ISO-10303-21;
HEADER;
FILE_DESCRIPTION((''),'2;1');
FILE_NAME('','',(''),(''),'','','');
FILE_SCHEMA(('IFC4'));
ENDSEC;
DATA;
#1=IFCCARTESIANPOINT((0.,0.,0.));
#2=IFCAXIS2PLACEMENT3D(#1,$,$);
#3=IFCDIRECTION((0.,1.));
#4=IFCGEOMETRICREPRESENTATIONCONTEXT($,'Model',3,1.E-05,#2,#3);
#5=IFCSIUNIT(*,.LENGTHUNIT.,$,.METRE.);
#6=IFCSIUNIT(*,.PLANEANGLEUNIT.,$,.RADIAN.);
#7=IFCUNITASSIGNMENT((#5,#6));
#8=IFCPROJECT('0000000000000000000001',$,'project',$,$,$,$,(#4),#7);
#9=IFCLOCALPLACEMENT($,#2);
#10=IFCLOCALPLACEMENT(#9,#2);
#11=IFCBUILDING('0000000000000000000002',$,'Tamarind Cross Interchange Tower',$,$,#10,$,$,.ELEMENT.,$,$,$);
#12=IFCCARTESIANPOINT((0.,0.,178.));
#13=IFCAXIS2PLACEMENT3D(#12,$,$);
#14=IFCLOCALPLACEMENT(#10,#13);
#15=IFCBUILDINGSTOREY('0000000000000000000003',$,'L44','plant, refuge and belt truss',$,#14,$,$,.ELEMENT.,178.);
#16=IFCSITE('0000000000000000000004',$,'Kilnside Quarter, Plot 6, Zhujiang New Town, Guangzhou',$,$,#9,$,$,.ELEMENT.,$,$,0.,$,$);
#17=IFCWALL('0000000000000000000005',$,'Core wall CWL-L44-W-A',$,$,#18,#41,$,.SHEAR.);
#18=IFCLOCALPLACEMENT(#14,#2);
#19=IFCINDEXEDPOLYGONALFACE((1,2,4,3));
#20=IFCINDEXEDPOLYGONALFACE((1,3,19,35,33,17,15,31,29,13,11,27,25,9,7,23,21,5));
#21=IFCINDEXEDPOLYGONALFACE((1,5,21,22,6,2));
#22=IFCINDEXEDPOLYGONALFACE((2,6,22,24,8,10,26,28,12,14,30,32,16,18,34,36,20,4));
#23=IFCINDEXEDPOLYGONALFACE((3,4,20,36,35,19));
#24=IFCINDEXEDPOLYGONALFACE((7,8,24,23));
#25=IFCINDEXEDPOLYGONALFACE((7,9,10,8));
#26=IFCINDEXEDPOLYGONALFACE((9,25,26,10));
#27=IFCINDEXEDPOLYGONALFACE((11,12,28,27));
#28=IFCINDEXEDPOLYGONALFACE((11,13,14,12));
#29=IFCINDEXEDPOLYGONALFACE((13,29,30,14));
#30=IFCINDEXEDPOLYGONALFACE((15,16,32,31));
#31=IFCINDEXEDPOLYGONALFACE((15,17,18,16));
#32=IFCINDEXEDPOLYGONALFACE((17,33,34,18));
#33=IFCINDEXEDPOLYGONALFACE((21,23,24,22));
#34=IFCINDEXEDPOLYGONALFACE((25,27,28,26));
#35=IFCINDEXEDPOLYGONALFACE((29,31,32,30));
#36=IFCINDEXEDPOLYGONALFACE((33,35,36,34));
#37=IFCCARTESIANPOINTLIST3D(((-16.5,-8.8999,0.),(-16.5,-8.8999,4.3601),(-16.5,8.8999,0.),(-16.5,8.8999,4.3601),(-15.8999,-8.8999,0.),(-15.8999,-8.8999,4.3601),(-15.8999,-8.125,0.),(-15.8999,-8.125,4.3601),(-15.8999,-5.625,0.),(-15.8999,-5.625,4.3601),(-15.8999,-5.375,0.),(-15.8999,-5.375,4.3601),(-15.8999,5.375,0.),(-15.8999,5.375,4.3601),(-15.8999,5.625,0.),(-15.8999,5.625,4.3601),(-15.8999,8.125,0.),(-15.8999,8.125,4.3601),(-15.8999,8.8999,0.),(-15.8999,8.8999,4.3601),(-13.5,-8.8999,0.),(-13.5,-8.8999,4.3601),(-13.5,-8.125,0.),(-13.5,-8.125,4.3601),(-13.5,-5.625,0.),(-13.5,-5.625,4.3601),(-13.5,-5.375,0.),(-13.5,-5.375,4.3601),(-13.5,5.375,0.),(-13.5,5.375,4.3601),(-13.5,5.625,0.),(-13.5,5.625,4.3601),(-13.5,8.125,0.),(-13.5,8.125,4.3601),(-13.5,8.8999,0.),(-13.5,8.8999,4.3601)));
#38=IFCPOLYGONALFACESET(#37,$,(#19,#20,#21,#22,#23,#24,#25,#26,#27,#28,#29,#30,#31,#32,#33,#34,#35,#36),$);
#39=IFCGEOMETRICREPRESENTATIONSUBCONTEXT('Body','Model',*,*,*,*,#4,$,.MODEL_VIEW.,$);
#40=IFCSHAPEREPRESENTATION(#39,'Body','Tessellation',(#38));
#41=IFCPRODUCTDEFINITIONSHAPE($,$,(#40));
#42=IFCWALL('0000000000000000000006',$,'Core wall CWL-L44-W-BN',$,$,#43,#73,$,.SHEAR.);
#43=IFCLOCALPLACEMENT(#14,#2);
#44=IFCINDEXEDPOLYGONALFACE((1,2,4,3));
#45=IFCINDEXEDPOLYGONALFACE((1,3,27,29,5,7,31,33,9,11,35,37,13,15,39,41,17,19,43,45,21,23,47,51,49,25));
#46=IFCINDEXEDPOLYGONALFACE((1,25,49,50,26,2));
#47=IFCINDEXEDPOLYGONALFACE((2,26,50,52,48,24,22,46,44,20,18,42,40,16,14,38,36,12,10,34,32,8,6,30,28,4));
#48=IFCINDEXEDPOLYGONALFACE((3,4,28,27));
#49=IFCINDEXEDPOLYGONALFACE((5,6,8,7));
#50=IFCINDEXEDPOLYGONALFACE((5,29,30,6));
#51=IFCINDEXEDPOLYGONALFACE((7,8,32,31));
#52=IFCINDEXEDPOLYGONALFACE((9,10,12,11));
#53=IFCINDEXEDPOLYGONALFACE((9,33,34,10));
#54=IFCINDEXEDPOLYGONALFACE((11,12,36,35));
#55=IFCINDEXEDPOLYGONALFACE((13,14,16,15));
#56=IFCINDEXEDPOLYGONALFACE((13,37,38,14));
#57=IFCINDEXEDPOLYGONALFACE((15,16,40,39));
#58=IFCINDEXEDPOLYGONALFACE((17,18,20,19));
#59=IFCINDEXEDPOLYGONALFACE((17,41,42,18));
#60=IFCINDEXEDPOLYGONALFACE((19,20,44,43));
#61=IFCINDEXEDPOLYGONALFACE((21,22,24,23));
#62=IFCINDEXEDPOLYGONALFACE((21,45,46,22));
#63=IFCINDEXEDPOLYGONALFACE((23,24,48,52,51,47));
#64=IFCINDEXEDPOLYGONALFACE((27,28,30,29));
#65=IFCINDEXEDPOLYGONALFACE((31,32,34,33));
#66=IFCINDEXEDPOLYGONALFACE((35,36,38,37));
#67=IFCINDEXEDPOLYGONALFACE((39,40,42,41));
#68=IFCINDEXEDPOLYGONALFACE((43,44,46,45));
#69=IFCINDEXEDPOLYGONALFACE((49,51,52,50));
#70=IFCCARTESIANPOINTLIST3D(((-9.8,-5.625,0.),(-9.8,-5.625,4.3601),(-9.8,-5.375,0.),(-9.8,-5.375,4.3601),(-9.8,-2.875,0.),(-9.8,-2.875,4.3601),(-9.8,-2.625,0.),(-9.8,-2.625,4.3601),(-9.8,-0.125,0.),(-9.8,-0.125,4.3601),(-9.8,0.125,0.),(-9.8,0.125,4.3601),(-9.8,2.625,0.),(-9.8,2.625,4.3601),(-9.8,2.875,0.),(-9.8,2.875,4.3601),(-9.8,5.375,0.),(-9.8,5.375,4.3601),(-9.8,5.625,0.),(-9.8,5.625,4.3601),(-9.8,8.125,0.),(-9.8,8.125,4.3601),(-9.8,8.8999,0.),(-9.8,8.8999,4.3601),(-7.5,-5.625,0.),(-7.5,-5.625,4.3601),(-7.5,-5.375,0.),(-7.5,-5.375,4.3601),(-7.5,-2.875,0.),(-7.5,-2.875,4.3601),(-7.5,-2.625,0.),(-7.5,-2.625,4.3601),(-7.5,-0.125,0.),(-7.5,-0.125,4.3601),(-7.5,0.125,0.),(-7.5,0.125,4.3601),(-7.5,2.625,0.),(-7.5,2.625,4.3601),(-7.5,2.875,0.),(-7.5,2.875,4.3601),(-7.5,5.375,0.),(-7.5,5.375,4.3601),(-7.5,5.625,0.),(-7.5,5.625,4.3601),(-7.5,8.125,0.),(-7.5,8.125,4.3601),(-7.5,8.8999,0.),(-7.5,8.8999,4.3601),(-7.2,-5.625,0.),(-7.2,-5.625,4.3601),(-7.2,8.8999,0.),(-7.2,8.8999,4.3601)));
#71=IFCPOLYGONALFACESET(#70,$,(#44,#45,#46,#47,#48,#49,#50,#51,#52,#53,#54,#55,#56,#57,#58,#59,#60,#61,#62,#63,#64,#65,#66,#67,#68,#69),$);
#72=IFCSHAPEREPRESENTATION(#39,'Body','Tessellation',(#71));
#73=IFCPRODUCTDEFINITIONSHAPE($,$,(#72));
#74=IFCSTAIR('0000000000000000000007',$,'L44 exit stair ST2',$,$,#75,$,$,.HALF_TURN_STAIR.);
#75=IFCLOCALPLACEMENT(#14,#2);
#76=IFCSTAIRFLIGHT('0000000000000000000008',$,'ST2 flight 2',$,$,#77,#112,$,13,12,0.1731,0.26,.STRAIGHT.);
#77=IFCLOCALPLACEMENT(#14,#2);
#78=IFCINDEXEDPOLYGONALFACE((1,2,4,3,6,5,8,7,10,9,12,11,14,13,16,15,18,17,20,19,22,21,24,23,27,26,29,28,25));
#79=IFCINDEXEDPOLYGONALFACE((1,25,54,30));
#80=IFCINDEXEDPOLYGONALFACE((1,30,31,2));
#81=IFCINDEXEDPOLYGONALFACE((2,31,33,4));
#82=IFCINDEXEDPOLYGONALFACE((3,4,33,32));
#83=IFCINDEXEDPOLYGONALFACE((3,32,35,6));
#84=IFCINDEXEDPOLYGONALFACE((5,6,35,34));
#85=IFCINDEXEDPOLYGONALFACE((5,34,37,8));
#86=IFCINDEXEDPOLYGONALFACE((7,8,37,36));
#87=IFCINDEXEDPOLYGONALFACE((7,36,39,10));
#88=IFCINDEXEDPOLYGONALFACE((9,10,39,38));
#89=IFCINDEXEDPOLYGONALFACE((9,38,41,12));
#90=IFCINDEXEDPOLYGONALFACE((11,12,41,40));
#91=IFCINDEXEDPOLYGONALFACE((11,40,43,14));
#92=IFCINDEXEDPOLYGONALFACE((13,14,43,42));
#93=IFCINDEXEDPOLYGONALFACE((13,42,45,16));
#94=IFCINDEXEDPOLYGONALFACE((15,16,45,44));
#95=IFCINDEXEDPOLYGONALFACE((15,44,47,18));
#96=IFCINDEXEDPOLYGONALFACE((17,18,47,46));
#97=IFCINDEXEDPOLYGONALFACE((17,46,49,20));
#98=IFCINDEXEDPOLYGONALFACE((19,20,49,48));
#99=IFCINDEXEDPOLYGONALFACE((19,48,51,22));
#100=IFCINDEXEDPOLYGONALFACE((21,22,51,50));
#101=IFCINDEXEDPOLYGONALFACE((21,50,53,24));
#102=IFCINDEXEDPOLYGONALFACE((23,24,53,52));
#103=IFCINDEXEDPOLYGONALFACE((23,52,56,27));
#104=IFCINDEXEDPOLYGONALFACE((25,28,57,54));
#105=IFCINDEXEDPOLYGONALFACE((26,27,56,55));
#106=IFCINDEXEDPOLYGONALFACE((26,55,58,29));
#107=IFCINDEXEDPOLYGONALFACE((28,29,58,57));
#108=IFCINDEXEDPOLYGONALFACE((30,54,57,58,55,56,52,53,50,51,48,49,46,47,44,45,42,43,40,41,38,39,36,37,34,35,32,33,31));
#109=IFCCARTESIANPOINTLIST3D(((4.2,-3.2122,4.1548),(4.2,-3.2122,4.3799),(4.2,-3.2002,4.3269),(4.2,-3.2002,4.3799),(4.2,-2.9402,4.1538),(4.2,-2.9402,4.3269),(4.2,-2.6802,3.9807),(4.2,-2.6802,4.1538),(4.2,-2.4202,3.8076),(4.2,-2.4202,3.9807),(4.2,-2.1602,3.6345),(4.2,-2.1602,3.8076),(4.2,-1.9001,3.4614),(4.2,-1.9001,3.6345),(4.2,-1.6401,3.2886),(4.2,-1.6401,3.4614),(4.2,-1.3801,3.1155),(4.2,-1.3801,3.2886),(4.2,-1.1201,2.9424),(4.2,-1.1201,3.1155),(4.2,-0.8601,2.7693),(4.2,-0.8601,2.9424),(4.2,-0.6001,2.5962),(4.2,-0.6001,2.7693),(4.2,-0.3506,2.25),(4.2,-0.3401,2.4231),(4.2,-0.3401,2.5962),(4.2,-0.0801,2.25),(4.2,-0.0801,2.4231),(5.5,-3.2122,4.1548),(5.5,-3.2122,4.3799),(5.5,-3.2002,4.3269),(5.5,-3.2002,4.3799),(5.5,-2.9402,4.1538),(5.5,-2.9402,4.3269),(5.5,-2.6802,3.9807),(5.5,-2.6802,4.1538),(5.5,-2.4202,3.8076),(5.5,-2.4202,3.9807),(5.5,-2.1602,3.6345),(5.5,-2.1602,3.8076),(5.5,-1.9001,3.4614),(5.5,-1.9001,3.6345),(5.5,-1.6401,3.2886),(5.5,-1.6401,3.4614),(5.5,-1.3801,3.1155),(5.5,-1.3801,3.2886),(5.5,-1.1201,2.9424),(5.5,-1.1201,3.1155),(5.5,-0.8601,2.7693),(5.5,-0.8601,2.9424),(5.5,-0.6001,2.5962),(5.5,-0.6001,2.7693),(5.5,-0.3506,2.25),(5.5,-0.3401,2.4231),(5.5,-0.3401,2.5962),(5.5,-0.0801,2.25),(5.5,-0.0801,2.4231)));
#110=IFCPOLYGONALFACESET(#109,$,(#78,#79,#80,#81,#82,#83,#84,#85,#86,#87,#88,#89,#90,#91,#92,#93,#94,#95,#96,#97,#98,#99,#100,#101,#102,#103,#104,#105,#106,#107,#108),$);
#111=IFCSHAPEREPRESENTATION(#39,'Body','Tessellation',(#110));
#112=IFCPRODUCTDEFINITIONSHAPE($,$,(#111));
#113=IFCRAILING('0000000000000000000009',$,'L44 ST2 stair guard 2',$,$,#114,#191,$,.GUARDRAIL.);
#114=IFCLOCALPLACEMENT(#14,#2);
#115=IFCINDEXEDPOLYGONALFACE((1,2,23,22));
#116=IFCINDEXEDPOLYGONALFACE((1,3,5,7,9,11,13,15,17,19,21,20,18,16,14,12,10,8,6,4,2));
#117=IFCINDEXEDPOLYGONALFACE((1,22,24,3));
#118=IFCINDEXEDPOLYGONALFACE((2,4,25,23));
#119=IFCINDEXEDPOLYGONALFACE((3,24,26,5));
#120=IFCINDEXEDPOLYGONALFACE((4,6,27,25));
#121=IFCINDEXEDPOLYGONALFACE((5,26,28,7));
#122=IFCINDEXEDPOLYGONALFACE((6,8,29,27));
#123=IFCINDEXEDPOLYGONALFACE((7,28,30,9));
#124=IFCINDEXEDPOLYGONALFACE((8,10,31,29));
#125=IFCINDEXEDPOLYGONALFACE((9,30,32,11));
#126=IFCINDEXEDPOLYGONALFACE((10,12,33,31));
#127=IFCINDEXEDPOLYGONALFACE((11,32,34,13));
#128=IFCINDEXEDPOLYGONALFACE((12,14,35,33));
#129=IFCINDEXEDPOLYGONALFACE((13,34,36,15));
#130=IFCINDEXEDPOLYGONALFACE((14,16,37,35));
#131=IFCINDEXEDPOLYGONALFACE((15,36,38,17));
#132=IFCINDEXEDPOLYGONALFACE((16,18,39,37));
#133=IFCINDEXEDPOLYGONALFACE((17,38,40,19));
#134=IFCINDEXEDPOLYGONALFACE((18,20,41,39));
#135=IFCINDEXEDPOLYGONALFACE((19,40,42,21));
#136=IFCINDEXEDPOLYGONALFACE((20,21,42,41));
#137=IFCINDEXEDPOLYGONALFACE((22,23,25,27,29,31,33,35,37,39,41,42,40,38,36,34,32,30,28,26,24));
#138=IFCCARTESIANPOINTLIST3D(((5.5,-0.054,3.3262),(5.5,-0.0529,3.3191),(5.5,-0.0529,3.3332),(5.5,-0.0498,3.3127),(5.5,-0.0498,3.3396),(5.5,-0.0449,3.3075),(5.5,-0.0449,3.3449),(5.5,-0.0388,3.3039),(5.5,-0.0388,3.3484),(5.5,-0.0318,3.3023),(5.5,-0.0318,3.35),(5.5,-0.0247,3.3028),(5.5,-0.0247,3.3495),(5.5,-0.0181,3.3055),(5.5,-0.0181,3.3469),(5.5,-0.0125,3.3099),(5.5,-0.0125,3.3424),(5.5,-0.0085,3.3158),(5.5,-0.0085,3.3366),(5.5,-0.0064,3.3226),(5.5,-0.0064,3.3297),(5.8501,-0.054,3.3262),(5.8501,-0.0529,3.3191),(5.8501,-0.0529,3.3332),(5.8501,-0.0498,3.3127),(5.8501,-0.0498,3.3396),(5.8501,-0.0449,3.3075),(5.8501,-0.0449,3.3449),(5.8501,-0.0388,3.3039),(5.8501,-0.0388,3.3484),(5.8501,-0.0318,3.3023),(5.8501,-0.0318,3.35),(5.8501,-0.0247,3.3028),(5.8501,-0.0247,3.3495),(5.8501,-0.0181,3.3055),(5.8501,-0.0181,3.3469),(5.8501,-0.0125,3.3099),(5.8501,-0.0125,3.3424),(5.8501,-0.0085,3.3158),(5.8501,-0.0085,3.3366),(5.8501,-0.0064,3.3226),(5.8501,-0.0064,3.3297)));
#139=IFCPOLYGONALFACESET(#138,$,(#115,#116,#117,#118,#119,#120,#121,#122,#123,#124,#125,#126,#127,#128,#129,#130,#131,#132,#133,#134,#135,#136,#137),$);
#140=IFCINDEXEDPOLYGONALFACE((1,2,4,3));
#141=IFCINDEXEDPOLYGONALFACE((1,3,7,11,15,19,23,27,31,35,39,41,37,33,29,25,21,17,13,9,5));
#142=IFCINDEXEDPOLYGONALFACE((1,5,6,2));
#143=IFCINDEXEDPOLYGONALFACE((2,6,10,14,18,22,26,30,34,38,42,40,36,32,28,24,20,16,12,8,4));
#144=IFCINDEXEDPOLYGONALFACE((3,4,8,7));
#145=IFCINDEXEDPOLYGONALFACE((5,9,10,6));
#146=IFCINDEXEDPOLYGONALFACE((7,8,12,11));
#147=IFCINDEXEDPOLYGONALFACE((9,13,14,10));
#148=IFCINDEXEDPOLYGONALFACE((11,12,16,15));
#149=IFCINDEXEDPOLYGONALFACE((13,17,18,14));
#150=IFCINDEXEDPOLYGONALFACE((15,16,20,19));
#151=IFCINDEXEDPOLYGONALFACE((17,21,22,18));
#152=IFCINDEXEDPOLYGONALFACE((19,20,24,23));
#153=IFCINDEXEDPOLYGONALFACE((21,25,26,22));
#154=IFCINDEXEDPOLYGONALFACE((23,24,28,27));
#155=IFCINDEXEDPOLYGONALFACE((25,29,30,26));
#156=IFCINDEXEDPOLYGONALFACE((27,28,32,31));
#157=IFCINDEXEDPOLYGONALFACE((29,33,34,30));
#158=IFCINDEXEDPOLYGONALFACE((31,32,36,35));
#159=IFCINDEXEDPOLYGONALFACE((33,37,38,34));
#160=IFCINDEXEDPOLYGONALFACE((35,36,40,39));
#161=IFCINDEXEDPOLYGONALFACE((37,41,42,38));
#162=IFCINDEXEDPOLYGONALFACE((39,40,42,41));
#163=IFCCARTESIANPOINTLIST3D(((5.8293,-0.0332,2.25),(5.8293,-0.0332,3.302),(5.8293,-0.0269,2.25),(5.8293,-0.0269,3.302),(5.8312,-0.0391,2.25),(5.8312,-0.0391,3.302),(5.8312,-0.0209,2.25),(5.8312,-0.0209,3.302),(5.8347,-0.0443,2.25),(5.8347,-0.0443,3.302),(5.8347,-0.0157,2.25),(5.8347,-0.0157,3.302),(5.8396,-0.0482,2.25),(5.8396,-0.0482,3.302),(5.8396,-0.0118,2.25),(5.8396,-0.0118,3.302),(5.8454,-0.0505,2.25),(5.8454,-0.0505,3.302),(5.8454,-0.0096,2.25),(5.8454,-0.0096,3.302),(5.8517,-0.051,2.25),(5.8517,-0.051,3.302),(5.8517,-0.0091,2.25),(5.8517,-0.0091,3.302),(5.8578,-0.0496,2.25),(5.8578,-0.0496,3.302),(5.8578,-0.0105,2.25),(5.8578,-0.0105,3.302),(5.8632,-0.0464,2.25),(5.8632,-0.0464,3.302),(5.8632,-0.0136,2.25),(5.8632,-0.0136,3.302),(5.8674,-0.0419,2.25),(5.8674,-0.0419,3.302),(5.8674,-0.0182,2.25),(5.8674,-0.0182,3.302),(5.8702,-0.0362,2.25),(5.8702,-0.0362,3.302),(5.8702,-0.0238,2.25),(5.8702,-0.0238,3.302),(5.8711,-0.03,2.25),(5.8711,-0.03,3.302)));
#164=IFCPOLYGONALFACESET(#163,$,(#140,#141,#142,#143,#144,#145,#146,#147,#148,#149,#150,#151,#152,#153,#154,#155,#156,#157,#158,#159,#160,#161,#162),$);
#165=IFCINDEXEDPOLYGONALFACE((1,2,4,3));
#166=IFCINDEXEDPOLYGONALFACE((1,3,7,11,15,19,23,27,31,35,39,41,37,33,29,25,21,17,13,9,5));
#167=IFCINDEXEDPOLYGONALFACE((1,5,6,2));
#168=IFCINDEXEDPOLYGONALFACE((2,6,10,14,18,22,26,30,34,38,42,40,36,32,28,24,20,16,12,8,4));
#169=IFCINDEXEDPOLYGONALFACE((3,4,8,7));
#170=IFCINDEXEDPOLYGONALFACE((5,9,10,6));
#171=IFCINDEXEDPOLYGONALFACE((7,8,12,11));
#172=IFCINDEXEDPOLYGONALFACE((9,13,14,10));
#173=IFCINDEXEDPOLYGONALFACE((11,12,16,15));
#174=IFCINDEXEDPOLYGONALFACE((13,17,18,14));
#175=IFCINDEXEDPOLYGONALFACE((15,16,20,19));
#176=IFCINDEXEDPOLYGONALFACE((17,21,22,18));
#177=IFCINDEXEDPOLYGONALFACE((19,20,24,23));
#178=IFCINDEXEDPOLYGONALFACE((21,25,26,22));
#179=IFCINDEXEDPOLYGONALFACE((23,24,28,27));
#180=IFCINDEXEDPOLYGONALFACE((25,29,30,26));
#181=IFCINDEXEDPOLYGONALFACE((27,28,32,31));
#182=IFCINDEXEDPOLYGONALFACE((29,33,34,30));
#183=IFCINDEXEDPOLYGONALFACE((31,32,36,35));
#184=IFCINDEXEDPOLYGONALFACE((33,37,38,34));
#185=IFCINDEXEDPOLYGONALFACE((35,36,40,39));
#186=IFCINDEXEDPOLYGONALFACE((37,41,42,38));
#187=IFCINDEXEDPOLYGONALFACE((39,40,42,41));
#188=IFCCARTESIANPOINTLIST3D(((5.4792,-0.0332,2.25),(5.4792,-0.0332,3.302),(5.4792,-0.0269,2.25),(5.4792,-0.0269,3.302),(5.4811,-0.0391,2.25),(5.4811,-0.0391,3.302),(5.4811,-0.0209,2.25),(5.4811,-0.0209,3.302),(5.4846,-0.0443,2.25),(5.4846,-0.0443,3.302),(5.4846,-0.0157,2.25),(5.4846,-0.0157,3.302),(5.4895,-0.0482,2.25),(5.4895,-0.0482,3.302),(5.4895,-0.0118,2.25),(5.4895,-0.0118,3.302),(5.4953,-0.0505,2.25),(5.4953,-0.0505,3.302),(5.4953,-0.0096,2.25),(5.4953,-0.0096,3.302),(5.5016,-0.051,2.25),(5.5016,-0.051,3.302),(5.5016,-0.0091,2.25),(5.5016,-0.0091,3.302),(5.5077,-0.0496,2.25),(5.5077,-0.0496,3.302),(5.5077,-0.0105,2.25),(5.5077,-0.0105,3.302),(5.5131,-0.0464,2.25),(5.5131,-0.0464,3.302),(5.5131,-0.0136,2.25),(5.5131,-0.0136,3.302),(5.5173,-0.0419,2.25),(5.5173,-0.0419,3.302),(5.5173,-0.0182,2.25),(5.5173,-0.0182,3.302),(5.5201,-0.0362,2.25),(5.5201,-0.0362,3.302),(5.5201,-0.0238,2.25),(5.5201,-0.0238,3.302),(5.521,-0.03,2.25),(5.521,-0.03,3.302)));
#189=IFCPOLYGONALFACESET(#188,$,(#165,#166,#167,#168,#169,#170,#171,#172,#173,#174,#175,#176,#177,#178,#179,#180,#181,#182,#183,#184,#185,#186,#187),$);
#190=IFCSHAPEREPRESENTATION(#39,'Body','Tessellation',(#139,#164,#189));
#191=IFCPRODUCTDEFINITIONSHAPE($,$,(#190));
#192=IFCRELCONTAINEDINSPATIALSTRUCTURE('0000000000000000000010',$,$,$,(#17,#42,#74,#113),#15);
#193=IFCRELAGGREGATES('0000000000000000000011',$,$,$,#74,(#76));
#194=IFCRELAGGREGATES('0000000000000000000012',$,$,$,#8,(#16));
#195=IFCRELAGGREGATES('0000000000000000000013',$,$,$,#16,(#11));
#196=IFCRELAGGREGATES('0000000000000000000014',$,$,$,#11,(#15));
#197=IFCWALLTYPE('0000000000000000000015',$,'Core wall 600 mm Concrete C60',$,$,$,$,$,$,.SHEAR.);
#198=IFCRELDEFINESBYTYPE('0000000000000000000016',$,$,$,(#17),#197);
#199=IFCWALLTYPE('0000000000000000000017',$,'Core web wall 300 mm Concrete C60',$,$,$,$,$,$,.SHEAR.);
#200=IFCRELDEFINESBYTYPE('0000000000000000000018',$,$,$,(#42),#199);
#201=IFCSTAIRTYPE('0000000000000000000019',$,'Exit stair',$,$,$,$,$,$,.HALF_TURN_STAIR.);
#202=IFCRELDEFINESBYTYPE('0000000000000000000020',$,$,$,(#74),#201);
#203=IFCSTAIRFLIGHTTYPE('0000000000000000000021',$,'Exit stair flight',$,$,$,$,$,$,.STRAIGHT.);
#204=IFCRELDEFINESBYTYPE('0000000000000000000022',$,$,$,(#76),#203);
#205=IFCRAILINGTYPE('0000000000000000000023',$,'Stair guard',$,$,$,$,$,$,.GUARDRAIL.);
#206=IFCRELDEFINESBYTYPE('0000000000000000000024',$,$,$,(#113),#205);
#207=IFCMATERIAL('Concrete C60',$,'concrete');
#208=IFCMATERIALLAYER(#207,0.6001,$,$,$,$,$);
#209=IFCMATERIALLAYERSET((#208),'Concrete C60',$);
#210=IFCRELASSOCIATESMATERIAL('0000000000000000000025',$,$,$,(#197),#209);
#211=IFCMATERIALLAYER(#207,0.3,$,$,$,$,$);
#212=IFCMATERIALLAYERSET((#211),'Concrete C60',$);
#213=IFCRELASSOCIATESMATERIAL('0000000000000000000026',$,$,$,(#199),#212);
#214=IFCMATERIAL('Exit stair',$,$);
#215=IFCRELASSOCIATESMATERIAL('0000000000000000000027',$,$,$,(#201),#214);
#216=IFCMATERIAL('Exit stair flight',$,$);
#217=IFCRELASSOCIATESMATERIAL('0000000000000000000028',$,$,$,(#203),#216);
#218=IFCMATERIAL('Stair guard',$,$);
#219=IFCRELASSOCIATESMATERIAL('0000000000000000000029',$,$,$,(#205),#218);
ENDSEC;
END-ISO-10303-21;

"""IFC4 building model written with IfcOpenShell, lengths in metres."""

from ifc_helpers import new_model, si_unit, direction, frame, origin, origin_2d, place, context, subcontext, project, spatial, polyline, circle, outline, extrude, material, layer, layer_set, type_object, element, aggregate, save


model = new_model("IFC4")

# Units and contexts
model_context = context("Model", 3, precision=1e-05, world=origin(), true_north=direction((0.0, 1.0)))
body_context = subcontext(model_context, "Body", "Model", "MODEL_VIEW")
ifc_project = project(units=[si_unit("LENGTHUNIT", "METRE"), si_unit("PLANEANGLEUNIT", "RADIAN")], contexts=[model_context])

# Site, building, storey
site_placement = place(None, origin())
site = spatial("IfcSite", under=ifc_project, at=site_placement, Name="Kilnside Quarter, Plot 6, Zhujiang New Town, Guangzhou", CompositionType="ELEMENT", RefElevation=0.0)
building_placement = place(site_placement, origin())
building = spatial("IfcBuilding", under=site, at=building_placement, Name="Tamarind Cross Interchange Tower", CompositionType="ELEMENT")
storey_placement = place(building_placement, frame((0.0, 0.0, 178.0)))
storey = spatial("IfcBuildingStorey", under=building, at=storey_placement, Name="L44", Description="plant, refuge and belt truss", CompositionType="ELEMENT", Elevation=178.0)

# Walls
ifc_material_1 = material(Name="Concrete C60", Category="concrete")
ifc_layer_1 = layer(ifc_material_1, 0.6001)
ifc_layer_set_1 = layer_set([ifc_layer_1], Name="Concrete C60")
wall_type_1 = type_object("IfcWallType", Name="Core wall 600 mm Concrete C60", PredefinedType="SHEAR", material=ifc_layer_set_1)
wall_1_placement = place(storey_placement, origin())
element("IfcWall", 1, at=wall_1_placement, inside=storey, type_object=wall_type_1, Name="Core wall CWL-L44-W-A", PredefinedType="SHEAR", context=body_context, shape_type="SweptSolid", body=[
    extrude(outline(polyline([(-13.5, -8.125), (-15.8999, -8.125), (-15.8999, -5.625), (-13.5, -5.625), (-13.5, -5.375), (-15.8999, -5.375), (-15.8999, 5.375), (-13.5, 5.375), (-13.5, 5.625), (-15.8999, 5.625), (-15.8999, 8.125), (-13.5, 8.125), (-13.5, 8.8999), (-15.8999, 8.8999), (-16.5, 8.8999), (-16.5, -8.8999), (-15.8999, -8.8999), (-13.5, -8.8999), (-13.5, -8.125)])), origin(), (0.0, 0.0, 1.0), 4.3601),
])
ifc_layer_2 = layer(ifc_material_1, 0.3)
ifc_layer_set_2 = layer_set([ifc_layer_2], Name="Concrete C60")
wall_type_2 = type_object("IfcWallType", Name="Core web wall 300 mm Concrete C60", PredefinedType="SHEAR", material=ifc_layer_set_2)
wall_2_placement = place(storey_placement, origin())
element("IfcWall", 2, at=wall_2_placement, inside=storey, type_object=wall_type_2, Name="Core wall CWL-L44-W-BN", PredefinedType="SHEAR", context=body_context, shape_type="SweptSolid", body=[
    extrude(outline(polyline([(-9.8, -5.375), (-9.8, -5.625), (-7.5, -5.625), (-7.2, -5.625), (-7.2, 8.8999), (-7.5, 8.8999), (-9.8, 8.8999), (-9.8, 8.125), (-7.5, 8.125), (-7.5, 5.625), (-9.8, 5.625), (-9.8, 5.375), (-7.5, 5.375), (-7.5, 2.875), (-9.8, 2.875), (-9.8, 2.625), (-7.5, 2.625), (-7.5, 0.125), (-9.8, 0.125), (-9.8, -0.125), (-7.5, -0.125), (-7.5, -2.625), (-9.8, -2.625), (-9.8, -2.875), (-7.5, -2.875), (-7.5, -5.375), (-9.8, -5.375)])), origin(), (0.0, 0.0, 1.0), 4.3601),
])

# Stair, stair flight
ifc_material_2 = material(Name="Exit stair")
stair_type = type_object("IfcStairType", Name="Exit stair", PredefinedType="HALF_TURN_STAIR", material=ifc_material_2)
stair_placement = place(storey_placement, origin())
stair = element("IfcStair", 3, at=stair_placement, inside=storey, type_object=stair_type, Name="L44 exit stair ST2", PredefinedType="HALF_TURN_STAIR")
ifc_material_3 = material(Name="Exit stair flight")
stair_flight_type = type_object("IfcStairFlightType", Name="Exit stair flight", PredefinedType="STRAIGHT", material=ifc_material_3)
stair_flight_placement = place(storey_placement, frame((4.8501, -0.0801, 2.25), z_axis=(0.0, 0.0, 1.0), x_axis=(0.0, -1.0, 0.0)))
stair_flight = element("IfcStairFlight", 4, at=stair_flight_placement, type_object=stair_flight_type, Name="ST2 flight 2", NumberOfRisers=13, NumberOfTreads=12, PredefinedType="STRAIGHT", RiserHeight=0.1731, TreadLength=0.26, context=body_context, shape_type="SweptSolid", body=[
    extrude(outline(polyline([(0.0, 0.0), (0.0, 0.1731), (0.26, 0.1731), (0.26, 0.3462), (0.52, 0.3462), (0.52, 0.5193), (0.78, 0.5193), (0.78, 0.6924), (1.04, 0.6924), (1.04, 0.8655), (1.3, 0.8655), (1.3, 1.0386), (1.5601, 1.0386), (1.5601, 1.2114), (1.8201, 1.2114), (1.8201, 1.3845), (2.0801, 1.3845), (2.0801, 1.5576), (2.3401, 1.5576), (2.3401, 1.7307), (2.6001, 1.7307), (2.6001, 1.9038), (2.8601, 1.9038), (2.8601, 2.0769), (3.1201, 2.0769), (3.1201, 2.1299), (3.1321, 2.1299), (3.1321, 1.9048), (0.2705, 0.0), (0.0, 0.0)])), frame((0.0, 0.6499, 0.0), z_axis=(0.0, -1.0, 0.0), x_axis=(1.0, 0.0, 0.0)), (0.0, 0.0, 1.0), 1.3),
])
aggregate(stair, [stair_flight])

# Railing
ifc_material_4 = material(Name="Stair guard")
railing_type = type_object("IfcRailingType", Name="Stair guard", PredefinedType="GUARDRAIL", material=ifc_material_4)
railing_1_placement = place(storey_placement, frame((5.8501, -0.03, 2.25)))
element("IfcRailing", 5, at=railing_1_placement, inside=storey, type_object=railing_type, Name="L44 ST2 stair guard 2", PredefinedType="GUARDRAIL", context=body_context, shape_type="SweptSolid", body=[
    extrude(circle(Radius=0.0239, at=origin_2d()), frame((0.0, 0.0, 1.0762), z_axis=(-1.0, 0.0, 0.0), x_axis=(0.0, -1.0, 0.0)), (0.0, 0.0, 1.0), 0.3501),
    extrude(circle(Radius=0.021, at=origin_2d()), origin(), (0.0, 0.0, 1.0), 1.052),
    extrude(circle(Radius=0.021, at=origin_2d()), frame((-0.3501, 0.0, 0.0)), (0.0, 0.0, 1.0), 1.052),
])

save(model, "model.ifc")
